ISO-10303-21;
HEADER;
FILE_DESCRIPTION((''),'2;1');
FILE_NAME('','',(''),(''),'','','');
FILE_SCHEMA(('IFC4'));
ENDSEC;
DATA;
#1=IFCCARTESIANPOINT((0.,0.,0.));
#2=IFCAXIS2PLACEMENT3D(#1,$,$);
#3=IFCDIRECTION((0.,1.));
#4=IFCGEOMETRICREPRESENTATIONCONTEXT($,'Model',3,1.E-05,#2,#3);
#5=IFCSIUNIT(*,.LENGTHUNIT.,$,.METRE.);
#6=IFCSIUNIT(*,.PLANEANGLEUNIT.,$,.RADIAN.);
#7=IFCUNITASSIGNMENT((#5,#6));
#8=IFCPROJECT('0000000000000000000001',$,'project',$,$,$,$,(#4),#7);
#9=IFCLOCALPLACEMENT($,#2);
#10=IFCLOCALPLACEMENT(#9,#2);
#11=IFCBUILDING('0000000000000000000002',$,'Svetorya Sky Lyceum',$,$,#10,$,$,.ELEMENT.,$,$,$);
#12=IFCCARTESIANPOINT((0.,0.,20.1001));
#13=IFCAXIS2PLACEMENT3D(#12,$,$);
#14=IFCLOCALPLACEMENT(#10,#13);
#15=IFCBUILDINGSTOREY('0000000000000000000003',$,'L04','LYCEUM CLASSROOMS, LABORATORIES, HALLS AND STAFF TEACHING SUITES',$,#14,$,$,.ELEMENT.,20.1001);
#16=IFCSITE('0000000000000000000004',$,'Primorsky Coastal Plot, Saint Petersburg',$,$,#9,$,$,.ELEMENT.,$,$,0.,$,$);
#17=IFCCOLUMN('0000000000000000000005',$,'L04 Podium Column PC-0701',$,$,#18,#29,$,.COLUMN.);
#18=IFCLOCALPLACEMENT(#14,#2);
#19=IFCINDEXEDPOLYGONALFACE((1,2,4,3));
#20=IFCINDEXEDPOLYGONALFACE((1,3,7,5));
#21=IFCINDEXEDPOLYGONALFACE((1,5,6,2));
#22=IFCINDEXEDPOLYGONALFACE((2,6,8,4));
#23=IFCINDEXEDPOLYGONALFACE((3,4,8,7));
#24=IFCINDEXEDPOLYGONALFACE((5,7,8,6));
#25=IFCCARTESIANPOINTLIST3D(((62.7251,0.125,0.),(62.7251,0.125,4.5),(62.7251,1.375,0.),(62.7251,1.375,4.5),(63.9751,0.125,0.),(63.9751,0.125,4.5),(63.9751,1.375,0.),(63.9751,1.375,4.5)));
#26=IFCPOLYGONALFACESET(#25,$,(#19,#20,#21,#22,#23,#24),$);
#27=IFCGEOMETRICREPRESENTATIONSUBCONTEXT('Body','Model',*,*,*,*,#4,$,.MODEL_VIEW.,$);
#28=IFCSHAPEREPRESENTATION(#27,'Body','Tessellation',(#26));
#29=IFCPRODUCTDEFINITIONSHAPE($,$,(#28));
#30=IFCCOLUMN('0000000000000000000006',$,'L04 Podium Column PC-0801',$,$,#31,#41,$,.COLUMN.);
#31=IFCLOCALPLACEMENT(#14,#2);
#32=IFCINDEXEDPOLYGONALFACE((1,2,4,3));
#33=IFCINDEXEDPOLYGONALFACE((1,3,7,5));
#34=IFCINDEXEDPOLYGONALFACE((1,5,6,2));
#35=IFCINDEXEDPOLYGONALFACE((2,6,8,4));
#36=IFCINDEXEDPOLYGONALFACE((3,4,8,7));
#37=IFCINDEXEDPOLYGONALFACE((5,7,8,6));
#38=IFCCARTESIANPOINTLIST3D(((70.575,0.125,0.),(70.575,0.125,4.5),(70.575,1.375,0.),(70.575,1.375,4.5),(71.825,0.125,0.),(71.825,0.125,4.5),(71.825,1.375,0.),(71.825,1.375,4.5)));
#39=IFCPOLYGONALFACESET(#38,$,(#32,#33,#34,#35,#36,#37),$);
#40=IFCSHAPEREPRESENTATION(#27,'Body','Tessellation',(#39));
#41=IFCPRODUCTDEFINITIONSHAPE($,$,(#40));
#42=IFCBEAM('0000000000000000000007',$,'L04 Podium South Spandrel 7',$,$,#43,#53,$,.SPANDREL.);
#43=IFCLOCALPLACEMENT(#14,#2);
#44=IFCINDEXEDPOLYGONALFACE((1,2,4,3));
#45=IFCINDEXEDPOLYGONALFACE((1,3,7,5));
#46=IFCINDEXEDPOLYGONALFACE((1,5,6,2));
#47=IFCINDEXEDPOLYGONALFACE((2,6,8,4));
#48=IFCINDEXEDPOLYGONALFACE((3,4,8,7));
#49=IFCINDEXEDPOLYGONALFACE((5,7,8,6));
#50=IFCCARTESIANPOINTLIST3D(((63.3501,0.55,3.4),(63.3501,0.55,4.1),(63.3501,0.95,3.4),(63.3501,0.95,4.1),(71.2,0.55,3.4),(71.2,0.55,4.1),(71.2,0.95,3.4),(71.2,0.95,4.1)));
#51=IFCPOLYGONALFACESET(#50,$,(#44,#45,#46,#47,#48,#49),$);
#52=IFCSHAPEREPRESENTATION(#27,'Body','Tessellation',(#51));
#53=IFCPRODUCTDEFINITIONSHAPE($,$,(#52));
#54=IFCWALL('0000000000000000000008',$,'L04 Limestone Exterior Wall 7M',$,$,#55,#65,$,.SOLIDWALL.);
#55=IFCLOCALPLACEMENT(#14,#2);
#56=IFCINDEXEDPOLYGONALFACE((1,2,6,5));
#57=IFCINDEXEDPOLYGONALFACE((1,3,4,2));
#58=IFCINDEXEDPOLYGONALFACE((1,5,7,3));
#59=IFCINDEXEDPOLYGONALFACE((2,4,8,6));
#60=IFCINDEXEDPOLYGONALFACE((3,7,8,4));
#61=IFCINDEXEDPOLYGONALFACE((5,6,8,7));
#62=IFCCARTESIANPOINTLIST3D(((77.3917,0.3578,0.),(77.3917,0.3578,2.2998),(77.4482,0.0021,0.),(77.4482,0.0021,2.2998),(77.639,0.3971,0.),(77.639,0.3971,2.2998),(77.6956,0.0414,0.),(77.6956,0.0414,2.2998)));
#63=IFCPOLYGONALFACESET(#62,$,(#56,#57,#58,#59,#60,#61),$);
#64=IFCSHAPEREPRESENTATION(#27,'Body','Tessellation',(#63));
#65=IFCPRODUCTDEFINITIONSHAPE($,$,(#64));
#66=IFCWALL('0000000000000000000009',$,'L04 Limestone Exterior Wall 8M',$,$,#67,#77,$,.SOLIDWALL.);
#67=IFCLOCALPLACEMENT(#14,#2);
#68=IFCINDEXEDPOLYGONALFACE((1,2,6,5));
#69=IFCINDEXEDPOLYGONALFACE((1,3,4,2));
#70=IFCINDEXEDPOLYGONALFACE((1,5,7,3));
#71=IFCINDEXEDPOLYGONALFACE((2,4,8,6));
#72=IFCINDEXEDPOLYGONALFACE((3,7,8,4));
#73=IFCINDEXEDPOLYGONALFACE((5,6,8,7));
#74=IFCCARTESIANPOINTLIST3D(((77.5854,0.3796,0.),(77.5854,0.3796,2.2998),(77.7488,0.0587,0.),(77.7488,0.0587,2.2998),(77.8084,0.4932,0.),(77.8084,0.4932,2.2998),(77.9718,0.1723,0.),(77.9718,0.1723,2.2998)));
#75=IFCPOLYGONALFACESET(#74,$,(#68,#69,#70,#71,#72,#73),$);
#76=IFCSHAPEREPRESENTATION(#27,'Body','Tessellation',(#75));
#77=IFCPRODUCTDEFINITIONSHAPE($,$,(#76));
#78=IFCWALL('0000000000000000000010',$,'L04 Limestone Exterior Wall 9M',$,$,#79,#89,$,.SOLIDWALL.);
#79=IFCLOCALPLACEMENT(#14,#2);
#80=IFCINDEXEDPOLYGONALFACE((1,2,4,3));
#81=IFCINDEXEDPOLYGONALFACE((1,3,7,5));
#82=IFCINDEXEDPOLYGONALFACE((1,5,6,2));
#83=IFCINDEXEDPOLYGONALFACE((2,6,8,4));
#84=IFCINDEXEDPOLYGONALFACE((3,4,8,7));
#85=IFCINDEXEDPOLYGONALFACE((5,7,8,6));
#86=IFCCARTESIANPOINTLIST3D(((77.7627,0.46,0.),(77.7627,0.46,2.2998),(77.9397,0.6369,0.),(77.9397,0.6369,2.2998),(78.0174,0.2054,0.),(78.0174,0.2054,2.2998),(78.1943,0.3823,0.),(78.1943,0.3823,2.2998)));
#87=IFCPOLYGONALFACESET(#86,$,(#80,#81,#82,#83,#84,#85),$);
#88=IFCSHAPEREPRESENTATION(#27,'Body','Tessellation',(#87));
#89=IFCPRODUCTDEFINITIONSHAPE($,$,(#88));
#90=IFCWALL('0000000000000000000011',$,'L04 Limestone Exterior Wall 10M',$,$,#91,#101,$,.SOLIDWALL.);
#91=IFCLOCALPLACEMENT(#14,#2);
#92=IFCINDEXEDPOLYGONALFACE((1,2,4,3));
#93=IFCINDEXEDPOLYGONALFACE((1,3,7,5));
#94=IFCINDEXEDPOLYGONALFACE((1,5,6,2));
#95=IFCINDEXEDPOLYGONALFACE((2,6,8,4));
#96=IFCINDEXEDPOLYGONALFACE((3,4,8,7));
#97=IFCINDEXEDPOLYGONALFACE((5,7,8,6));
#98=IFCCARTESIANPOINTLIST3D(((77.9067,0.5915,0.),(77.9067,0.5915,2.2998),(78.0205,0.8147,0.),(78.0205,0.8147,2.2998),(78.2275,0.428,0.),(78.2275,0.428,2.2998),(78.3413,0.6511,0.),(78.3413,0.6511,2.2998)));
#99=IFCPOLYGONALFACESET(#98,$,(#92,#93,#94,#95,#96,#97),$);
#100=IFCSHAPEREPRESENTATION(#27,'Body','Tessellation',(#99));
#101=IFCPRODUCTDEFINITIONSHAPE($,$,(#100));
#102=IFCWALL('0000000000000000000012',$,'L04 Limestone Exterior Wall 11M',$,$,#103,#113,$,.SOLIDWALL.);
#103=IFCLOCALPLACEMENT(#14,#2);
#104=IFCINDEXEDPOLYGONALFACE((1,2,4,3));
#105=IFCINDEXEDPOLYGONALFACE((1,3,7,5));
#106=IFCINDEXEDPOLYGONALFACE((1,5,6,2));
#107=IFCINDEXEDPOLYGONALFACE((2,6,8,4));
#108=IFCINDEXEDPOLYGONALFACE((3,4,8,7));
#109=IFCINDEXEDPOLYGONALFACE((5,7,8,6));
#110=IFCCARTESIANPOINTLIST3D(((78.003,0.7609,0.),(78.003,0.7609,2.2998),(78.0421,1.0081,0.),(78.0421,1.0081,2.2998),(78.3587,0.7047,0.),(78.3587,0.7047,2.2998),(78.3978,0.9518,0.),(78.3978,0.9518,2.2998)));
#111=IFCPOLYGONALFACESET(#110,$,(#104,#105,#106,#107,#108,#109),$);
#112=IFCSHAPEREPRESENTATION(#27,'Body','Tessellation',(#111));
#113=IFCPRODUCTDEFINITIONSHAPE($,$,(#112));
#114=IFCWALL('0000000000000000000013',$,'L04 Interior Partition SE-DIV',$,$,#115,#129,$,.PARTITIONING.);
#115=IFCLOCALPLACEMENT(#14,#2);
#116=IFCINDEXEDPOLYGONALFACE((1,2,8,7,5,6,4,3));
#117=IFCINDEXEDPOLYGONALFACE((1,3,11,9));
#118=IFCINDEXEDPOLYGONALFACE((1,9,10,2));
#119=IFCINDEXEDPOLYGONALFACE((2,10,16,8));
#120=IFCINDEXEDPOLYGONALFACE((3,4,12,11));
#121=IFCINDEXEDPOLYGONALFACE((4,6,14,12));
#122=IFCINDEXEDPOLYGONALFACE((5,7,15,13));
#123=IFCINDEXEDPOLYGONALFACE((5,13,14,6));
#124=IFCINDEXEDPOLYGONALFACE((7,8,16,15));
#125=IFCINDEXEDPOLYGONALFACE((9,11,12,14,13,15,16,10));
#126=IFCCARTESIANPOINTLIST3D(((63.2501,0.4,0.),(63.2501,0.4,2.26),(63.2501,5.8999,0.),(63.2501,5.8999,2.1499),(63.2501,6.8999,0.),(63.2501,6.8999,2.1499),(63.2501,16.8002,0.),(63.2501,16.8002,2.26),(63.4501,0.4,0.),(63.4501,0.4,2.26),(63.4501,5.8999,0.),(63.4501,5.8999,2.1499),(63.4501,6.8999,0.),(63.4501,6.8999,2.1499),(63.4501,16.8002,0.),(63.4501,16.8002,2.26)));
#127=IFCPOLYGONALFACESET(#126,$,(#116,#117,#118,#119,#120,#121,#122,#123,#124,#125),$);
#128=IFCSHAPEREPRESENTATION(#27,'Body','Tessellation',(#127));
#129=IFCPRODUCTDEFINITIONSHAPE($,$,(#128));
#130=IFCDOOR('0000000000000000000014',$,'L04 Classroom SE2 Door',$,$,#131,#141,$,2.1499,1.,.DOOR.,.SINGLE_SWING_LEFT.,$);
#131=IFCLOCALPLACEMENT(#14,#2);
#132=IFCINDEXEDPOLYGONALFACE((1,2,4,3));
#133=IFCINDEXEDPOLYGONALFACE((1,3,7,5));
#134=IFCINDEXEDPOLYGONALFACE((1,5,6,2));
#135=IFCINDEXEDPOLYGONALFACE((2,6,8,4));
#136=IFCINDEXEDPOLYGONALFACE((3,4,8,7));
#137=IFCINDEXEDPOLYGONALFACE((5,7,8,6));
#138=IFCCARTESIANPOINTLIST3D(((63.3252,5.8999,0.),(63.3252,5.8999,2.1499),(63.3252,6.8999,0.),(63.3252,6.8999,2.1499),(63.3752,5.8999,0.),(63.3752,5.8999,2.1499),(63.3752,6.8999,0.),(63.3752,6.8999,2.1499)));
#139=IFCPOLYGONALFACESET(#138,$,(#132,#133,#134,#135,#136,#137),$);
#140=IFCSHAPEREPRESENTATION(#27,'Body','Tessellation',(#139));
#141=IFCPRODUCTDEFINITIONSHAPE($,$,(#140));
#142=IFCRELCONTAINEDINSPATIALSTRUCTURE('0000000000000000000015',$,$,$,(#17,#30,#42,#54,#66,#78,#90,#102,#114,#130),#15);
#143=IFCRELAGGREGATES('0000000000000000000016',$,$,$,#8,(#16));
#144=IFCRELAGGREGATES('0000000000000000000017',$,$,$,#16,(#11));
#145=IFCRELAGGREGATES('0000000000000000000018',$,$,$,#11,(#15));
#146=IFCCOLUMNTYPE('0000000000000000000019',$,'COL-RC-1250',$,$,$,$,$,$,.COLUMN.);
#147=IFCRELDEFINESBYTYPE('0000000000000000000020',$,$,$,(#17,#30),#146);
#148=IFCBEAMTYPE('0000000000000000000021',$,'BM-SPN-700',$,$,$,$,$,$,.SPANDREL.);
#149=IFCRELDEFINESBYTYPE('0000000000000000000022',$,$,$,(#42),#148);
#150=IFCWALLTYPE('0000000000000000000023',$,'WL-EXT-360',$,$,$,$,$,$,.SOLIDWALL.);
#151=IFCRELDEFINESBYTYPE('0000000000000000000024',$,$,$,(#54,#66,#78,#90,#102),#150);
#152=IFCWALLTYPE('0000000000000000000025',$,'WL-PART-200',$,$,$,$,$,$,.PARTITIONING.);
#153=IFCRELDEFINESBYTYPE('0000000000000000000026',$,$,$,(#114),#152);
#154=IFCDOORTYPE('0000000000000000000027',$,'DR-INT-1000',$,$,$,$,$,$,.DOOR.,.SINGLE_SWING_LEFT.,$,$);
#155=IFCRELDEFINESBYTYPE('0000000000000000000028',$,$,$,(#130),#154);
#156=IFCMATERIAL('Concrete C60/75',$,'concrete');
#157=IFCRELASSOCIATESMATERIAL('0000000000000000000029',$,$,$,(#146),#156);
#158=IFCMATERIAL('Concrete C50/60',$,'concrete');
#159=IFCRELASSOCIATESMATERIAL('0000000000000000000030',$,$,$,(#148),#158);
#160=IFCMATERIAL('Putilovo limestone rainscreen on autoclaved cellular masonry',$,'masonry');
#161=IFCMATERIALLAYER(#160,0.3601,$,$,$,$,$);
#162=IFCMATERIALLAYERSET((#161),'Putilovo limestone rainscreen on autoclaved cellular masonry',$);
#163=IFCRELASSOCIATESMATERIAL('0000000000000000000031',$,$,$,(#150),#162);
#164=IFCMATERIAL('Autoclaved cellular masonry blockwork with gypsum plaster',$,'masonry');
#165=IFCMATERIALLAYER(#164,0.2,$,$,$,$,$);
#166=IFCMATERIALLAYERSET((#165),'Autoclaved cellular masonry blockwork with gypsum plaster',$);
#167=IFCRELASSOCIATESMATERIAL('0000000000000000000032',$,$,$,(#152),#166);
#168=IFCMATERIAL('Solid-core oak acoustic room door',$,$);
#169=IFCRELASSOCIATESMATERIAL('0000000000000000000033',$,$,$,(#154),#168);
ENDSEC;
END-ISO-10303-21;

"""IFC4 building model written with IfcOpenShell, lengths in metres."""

from ifc_helpers import new_model, si_unit, direction, frame, frame_2d, origin, origin_2d, place, context, subcontext, project, spatial, rectangle, extrude, material, layer, layer_set, material_profile, profile_set, type_object, element, fill, save


model = new_model("IFC4")

# Units and contexts
model_context = context("Model", 3, precision=1e-05, world=origin(), true_north=direction((0.0, 1.0)))
body_context = subcontext(model_context, "Body", "Model", "MODEL_VIEW")
ifc_project = project(units=[si_unit("LENGTHUNIT", "METRE"), si_unit("PLANEANGLEUNIT", "RADIAN")], contexts=[model_context])

# Site, building, storey
site_placement = place(None, origin())
site = spatial("IfcSite", under=ifc_project, at=site_placement, Name="Primorsky Coastal Plot, Saint Petersburg", CompositionType="ELEMENT", RefElevation=0.0)
building_placement = place(site_placement, origin())
building = spatial("IfcBuilding", under=site, at=building_placement, Name="Svetorya Sky Lyceum", CompositionType="ELEMENT")
storey_placement = place(building_placement, frame((0.0, 0.0, 20.1001)))
storey = spatial("IfcBuildingStorey", under=building, at=storey_placement, Name="L04", Description="LYCEUM CLASSROOMS, LABORATORIES, HALLS AND STAFF TEACHING SUITES", CompositionType="ELEMENT", Elevation=20.1001)

# Columns
ifc_material_1 = material(Name="Concrete C60/75", Category="concrete")
ifc_material_profile_1 = material_profile(ifc_material_1, rectangle(XDim=1.25, YDim=1.25, at=origin_2d()), Name="RC COL 1250x1250")
ifc_profile_set_1 = profile_set([ifc_material_profile_1], Name="Concrete C60/75")
column_type = type_object("IfcColumnType", Name="COL-RC-1250", PredefinedType="COLUMN", material=ifc_profile_set_1)
for number, where, z_axis, x_axis, name in (
    (1, (63.3501, 0.75, 0.0), (0.0, 0.0, 1.0), (1.0, 0.0, 0.0), "L04 Podium Column PC-0701"),
    (2, (71.2, 0.75, 0.0), (0.0, 0.0, 1.0), (1.0, 0.0, 0.0), "L04 Podium Column PC-0801"),
):
    element("IfcColumn", number, at=place(storey_placement, frame(where, z_axis=z_axis, x_axis=x_axis)), inside=storey, type_object=column_type, Name=name, PredefinedType="COLUMN", context=body_context, shape_type="SweptSolid", body=[
        extrude(rectangle(XDim=1.25, YDim=1.25, at=origin_2d()), origin(), (0.0, 0.0, 1.0), 4.5),
    ])

# Beam
ifc_material_2 = material(Name="Concrete C50/60", Category="concrete")
ifc_material_profile_2 = material_profile(ifc_material_2, rectangle(XDim=0.3999, YDim=0.7, at=origin_2d()), Name="RC SPANDREL 400x700")
ifc_profile_set_2 = profile_set([ifc_material_profile_2], Name="Concrete C50/60")
beam_type = type_object("IfcBeamType", Name="BM-SPN-700", PredefinedType="SPANDREL", material=ifc_profile_set_2)
beam_placement = place(storey_placement, frame((63.3501, 0.75, 3.75), z_axis=(1.0, 0.0, 0.0), x_axis=(0.0, 1.0, 0.0)))
element("IfcBeam", 3, at=beam_placement, inside=storey, type_object=beam_type, Name="L04 Podium South Spandrel 7", PredefinedType="SPANDREL", context=body_context, shape_type="SweptSolid", body=[
    extrude(rectangle(XDim=0.3999, YDim=0.7, at=origin_2d()), origin(), (0.0, 0.0, 1.0), 7.8499),
])

# Walls
ifc_material_3 = material(Name="Putilovo limestone rainscreen on autoclaved cellular masonry", Category="masonry")
ifc_layer_1 = layer(ifc_material_3, 0.3601)
ifc_layer_set_1 = layer_set([ifc_layer_1], Name="Putilovo limestone rainscreen on autoclaved cellular masonry")
wall_type_1 = type_object("IfcWallType", Name="WL-EXT-360", PredefinedType="SOLIDWALL", material=ifc_layer_set_1)
wall_1_placement = place(storey_placement, frame((77.4199, 0.1799, 0.0), z_axis=(0.0, 0.0, 1.0), x_axis=(0.987604, 0.156964, 0.0)))
element("IfcWall", 4, at=wall_1_placement, inside=storey, type_object=wall_type_1, Name="L04 Limestone Exterior Wall 7M", PredefinedType="SOLIDWALL", context=body_context, shape_type="SweptSolid", body=[
    extrude(rectangle(XDim=0.2505, YDim=0.3601, at=frame_2d((0.1252, 0.0))), origin(), (0.0, 0.0, 1.0), 2.2998),
])
for number, where, z_axis, x_axis, name in (
    (5, (77.6672, 0.2192, 0.0), (0.0, 0.0, 1.0), (0.891084, 0.453838, 0.0), "L04 Limestone Exterior Wall 8M"),
    (6, (77.8901, 0.3328, 0.0), (0.0, 0.0, 1.0), (0.707107, 0.707107, 0.0), "L04 Limestone Exterior Wall 9M"),
):
    element("IfcWall", number, at=place(storey_placement, frame(where, z_axis=z_axis, x_axis=x_axis)), inside=storey, type_object=wall_type_1, Name=name, PredefinedType="SOLIDWALL", context=body_context, shape_type="SweptSolid", body=[
        extrude(rectangle(XDim=0.2502, YDim=0.3601, at=frame_2d((0.125, 0.0))), origin(), (0.0, 0.0, 1.0), 2.2998),
    ])
wall_2_placement = place(storey_placement, frame((78.0671, 0.5098, 0.0), z_axis=(0.0, 0.0, 1.0), x_axis=(0.454218, 0.890891, 0.0)))
element("IfcWall", 7, at=wall_2_placement, inside=storey, type_object=wall_type_1, Name="L04 Limestone Exterior Wall 10M", PredefinedType="SOLIDWALL", context=body_context, shape_type="SweptSolid", body=[
    extrude(rectangle(XDim=0.2505, YDim=0.3601, at=frame_2d((0.1252, 0.0))), origin(), (0.0, 0.0, 1.0), 2.2998),
])
wall_3_placement = place(storey_placement, frame((78.1809, 0.7329, 0.0), z_axis=(0.0, 0.0, 1.0), x_axis=(0.156163, 0.987731, 0.0)))
element("IfcWall", 8, at=wall_3_placement, inside=storey, type_object=wall_type_1, Name="L04 Limestone Exterior Wall 11M", PredefinedType="SOLIDWALL", context=body_context, shape_type="SweptSolid", body=[
    extrude(rectangle(XDim=0.2502, YDim=0.3601, at=frame_2d((0.125, 0.0))), origin(), (0.0, 0.0, 1.0), 2.2998),
])

# Wall, opening, door
ifc_material_4 = material(Name="Autoclaved cellular masonry blockwork with gypsum plaster", Category="masonry")
ifc_layer_2 = layer(ifc_material_4, 0.2)
ifc_layer_set_2 = layer_set([ifc_layer_2], Name="Autoclaved cellular masonry blockwork with gypsum plaster")
wall_type_2 = type_object("IfcWallType", Name="WL-PART-200", PredefinedType="PARTITIONING", material=ifc_layer_set_2)
wall_4_placement = place(storey_placement, frame((63.3501, 0.3999, 0.0), z_axis=(0.0, 0.0, 1.0), x_axis=(0.0, 1.0, 0.0)))
wall_4 = element("IfcWall", 9, at=wall_4_placement, inside=storey, type_object=wall_type_2, Name="L04 Interior Partition SE-DIV", PredefinedType="PARTITIONING", context=body_context, shape_type="SweptSolid", body=[
    extrude(rectangle(XDim=16.4001, YDim=0.2, at=frame_2d((8.2002, 0.0))), origin(), (0.0, 0.0, 1.0), 2.26),
])
opening_placement = place(wall_4_placement, frame((5.5, 0.0, 0.0)))
opening = element("IfcOpeningElement", 10, at=opening_placement, cuts=wall_4, PredefinedType="OPENING", context=body_context, shape_type="SweptSolid", body=[
    extrude(rectangle(XDim=1.0, YDim=2.1499, at=frame_2d((0.5, 1.075))), frame((0.0, 0.1099, 0.0), z_axis=(0.0, -1.0, 0.0), x_axis=(1.0, 0.0, 0.0)), (0.0, 0.0, 1.0), 0.22),
])
ifc_material_5 = material(Name="Solid-core oak acoustic room door")
door_type = type_object("IfcDoorType", Name="DR-INT-1000", OperationType="SINGLE_SWING_LEFT", PredefinedType="DOOR", material=ifc_material_5)
door_placement = place(opening_placement, origin())
door = element("IfcDoor", 11, at=door_placement, inside=storey, type_object=door_type, Name="L04 Classroom SE2 Door", OperationType="SINGLE_SWING_LEFT", OverallHeight=2.1499, OverallWidth=1.0, PredefinedType="DOOR", context=body_context, shape_type="SweptSolid", body=[
    extrude(rectangle(XDim=1.0, YDim=2.1499, at=frame_2d((0.5, 1.075))), frame((0.0, 0.0249, 0.0), z_axis=(0.0, -1.0, 0.0), x_axis=(1.0, 0.0, 0.0)), (0.0, 0.0, 1.0), 0.05),
])
fill(opening, door)

save(model, "model.ifc")
